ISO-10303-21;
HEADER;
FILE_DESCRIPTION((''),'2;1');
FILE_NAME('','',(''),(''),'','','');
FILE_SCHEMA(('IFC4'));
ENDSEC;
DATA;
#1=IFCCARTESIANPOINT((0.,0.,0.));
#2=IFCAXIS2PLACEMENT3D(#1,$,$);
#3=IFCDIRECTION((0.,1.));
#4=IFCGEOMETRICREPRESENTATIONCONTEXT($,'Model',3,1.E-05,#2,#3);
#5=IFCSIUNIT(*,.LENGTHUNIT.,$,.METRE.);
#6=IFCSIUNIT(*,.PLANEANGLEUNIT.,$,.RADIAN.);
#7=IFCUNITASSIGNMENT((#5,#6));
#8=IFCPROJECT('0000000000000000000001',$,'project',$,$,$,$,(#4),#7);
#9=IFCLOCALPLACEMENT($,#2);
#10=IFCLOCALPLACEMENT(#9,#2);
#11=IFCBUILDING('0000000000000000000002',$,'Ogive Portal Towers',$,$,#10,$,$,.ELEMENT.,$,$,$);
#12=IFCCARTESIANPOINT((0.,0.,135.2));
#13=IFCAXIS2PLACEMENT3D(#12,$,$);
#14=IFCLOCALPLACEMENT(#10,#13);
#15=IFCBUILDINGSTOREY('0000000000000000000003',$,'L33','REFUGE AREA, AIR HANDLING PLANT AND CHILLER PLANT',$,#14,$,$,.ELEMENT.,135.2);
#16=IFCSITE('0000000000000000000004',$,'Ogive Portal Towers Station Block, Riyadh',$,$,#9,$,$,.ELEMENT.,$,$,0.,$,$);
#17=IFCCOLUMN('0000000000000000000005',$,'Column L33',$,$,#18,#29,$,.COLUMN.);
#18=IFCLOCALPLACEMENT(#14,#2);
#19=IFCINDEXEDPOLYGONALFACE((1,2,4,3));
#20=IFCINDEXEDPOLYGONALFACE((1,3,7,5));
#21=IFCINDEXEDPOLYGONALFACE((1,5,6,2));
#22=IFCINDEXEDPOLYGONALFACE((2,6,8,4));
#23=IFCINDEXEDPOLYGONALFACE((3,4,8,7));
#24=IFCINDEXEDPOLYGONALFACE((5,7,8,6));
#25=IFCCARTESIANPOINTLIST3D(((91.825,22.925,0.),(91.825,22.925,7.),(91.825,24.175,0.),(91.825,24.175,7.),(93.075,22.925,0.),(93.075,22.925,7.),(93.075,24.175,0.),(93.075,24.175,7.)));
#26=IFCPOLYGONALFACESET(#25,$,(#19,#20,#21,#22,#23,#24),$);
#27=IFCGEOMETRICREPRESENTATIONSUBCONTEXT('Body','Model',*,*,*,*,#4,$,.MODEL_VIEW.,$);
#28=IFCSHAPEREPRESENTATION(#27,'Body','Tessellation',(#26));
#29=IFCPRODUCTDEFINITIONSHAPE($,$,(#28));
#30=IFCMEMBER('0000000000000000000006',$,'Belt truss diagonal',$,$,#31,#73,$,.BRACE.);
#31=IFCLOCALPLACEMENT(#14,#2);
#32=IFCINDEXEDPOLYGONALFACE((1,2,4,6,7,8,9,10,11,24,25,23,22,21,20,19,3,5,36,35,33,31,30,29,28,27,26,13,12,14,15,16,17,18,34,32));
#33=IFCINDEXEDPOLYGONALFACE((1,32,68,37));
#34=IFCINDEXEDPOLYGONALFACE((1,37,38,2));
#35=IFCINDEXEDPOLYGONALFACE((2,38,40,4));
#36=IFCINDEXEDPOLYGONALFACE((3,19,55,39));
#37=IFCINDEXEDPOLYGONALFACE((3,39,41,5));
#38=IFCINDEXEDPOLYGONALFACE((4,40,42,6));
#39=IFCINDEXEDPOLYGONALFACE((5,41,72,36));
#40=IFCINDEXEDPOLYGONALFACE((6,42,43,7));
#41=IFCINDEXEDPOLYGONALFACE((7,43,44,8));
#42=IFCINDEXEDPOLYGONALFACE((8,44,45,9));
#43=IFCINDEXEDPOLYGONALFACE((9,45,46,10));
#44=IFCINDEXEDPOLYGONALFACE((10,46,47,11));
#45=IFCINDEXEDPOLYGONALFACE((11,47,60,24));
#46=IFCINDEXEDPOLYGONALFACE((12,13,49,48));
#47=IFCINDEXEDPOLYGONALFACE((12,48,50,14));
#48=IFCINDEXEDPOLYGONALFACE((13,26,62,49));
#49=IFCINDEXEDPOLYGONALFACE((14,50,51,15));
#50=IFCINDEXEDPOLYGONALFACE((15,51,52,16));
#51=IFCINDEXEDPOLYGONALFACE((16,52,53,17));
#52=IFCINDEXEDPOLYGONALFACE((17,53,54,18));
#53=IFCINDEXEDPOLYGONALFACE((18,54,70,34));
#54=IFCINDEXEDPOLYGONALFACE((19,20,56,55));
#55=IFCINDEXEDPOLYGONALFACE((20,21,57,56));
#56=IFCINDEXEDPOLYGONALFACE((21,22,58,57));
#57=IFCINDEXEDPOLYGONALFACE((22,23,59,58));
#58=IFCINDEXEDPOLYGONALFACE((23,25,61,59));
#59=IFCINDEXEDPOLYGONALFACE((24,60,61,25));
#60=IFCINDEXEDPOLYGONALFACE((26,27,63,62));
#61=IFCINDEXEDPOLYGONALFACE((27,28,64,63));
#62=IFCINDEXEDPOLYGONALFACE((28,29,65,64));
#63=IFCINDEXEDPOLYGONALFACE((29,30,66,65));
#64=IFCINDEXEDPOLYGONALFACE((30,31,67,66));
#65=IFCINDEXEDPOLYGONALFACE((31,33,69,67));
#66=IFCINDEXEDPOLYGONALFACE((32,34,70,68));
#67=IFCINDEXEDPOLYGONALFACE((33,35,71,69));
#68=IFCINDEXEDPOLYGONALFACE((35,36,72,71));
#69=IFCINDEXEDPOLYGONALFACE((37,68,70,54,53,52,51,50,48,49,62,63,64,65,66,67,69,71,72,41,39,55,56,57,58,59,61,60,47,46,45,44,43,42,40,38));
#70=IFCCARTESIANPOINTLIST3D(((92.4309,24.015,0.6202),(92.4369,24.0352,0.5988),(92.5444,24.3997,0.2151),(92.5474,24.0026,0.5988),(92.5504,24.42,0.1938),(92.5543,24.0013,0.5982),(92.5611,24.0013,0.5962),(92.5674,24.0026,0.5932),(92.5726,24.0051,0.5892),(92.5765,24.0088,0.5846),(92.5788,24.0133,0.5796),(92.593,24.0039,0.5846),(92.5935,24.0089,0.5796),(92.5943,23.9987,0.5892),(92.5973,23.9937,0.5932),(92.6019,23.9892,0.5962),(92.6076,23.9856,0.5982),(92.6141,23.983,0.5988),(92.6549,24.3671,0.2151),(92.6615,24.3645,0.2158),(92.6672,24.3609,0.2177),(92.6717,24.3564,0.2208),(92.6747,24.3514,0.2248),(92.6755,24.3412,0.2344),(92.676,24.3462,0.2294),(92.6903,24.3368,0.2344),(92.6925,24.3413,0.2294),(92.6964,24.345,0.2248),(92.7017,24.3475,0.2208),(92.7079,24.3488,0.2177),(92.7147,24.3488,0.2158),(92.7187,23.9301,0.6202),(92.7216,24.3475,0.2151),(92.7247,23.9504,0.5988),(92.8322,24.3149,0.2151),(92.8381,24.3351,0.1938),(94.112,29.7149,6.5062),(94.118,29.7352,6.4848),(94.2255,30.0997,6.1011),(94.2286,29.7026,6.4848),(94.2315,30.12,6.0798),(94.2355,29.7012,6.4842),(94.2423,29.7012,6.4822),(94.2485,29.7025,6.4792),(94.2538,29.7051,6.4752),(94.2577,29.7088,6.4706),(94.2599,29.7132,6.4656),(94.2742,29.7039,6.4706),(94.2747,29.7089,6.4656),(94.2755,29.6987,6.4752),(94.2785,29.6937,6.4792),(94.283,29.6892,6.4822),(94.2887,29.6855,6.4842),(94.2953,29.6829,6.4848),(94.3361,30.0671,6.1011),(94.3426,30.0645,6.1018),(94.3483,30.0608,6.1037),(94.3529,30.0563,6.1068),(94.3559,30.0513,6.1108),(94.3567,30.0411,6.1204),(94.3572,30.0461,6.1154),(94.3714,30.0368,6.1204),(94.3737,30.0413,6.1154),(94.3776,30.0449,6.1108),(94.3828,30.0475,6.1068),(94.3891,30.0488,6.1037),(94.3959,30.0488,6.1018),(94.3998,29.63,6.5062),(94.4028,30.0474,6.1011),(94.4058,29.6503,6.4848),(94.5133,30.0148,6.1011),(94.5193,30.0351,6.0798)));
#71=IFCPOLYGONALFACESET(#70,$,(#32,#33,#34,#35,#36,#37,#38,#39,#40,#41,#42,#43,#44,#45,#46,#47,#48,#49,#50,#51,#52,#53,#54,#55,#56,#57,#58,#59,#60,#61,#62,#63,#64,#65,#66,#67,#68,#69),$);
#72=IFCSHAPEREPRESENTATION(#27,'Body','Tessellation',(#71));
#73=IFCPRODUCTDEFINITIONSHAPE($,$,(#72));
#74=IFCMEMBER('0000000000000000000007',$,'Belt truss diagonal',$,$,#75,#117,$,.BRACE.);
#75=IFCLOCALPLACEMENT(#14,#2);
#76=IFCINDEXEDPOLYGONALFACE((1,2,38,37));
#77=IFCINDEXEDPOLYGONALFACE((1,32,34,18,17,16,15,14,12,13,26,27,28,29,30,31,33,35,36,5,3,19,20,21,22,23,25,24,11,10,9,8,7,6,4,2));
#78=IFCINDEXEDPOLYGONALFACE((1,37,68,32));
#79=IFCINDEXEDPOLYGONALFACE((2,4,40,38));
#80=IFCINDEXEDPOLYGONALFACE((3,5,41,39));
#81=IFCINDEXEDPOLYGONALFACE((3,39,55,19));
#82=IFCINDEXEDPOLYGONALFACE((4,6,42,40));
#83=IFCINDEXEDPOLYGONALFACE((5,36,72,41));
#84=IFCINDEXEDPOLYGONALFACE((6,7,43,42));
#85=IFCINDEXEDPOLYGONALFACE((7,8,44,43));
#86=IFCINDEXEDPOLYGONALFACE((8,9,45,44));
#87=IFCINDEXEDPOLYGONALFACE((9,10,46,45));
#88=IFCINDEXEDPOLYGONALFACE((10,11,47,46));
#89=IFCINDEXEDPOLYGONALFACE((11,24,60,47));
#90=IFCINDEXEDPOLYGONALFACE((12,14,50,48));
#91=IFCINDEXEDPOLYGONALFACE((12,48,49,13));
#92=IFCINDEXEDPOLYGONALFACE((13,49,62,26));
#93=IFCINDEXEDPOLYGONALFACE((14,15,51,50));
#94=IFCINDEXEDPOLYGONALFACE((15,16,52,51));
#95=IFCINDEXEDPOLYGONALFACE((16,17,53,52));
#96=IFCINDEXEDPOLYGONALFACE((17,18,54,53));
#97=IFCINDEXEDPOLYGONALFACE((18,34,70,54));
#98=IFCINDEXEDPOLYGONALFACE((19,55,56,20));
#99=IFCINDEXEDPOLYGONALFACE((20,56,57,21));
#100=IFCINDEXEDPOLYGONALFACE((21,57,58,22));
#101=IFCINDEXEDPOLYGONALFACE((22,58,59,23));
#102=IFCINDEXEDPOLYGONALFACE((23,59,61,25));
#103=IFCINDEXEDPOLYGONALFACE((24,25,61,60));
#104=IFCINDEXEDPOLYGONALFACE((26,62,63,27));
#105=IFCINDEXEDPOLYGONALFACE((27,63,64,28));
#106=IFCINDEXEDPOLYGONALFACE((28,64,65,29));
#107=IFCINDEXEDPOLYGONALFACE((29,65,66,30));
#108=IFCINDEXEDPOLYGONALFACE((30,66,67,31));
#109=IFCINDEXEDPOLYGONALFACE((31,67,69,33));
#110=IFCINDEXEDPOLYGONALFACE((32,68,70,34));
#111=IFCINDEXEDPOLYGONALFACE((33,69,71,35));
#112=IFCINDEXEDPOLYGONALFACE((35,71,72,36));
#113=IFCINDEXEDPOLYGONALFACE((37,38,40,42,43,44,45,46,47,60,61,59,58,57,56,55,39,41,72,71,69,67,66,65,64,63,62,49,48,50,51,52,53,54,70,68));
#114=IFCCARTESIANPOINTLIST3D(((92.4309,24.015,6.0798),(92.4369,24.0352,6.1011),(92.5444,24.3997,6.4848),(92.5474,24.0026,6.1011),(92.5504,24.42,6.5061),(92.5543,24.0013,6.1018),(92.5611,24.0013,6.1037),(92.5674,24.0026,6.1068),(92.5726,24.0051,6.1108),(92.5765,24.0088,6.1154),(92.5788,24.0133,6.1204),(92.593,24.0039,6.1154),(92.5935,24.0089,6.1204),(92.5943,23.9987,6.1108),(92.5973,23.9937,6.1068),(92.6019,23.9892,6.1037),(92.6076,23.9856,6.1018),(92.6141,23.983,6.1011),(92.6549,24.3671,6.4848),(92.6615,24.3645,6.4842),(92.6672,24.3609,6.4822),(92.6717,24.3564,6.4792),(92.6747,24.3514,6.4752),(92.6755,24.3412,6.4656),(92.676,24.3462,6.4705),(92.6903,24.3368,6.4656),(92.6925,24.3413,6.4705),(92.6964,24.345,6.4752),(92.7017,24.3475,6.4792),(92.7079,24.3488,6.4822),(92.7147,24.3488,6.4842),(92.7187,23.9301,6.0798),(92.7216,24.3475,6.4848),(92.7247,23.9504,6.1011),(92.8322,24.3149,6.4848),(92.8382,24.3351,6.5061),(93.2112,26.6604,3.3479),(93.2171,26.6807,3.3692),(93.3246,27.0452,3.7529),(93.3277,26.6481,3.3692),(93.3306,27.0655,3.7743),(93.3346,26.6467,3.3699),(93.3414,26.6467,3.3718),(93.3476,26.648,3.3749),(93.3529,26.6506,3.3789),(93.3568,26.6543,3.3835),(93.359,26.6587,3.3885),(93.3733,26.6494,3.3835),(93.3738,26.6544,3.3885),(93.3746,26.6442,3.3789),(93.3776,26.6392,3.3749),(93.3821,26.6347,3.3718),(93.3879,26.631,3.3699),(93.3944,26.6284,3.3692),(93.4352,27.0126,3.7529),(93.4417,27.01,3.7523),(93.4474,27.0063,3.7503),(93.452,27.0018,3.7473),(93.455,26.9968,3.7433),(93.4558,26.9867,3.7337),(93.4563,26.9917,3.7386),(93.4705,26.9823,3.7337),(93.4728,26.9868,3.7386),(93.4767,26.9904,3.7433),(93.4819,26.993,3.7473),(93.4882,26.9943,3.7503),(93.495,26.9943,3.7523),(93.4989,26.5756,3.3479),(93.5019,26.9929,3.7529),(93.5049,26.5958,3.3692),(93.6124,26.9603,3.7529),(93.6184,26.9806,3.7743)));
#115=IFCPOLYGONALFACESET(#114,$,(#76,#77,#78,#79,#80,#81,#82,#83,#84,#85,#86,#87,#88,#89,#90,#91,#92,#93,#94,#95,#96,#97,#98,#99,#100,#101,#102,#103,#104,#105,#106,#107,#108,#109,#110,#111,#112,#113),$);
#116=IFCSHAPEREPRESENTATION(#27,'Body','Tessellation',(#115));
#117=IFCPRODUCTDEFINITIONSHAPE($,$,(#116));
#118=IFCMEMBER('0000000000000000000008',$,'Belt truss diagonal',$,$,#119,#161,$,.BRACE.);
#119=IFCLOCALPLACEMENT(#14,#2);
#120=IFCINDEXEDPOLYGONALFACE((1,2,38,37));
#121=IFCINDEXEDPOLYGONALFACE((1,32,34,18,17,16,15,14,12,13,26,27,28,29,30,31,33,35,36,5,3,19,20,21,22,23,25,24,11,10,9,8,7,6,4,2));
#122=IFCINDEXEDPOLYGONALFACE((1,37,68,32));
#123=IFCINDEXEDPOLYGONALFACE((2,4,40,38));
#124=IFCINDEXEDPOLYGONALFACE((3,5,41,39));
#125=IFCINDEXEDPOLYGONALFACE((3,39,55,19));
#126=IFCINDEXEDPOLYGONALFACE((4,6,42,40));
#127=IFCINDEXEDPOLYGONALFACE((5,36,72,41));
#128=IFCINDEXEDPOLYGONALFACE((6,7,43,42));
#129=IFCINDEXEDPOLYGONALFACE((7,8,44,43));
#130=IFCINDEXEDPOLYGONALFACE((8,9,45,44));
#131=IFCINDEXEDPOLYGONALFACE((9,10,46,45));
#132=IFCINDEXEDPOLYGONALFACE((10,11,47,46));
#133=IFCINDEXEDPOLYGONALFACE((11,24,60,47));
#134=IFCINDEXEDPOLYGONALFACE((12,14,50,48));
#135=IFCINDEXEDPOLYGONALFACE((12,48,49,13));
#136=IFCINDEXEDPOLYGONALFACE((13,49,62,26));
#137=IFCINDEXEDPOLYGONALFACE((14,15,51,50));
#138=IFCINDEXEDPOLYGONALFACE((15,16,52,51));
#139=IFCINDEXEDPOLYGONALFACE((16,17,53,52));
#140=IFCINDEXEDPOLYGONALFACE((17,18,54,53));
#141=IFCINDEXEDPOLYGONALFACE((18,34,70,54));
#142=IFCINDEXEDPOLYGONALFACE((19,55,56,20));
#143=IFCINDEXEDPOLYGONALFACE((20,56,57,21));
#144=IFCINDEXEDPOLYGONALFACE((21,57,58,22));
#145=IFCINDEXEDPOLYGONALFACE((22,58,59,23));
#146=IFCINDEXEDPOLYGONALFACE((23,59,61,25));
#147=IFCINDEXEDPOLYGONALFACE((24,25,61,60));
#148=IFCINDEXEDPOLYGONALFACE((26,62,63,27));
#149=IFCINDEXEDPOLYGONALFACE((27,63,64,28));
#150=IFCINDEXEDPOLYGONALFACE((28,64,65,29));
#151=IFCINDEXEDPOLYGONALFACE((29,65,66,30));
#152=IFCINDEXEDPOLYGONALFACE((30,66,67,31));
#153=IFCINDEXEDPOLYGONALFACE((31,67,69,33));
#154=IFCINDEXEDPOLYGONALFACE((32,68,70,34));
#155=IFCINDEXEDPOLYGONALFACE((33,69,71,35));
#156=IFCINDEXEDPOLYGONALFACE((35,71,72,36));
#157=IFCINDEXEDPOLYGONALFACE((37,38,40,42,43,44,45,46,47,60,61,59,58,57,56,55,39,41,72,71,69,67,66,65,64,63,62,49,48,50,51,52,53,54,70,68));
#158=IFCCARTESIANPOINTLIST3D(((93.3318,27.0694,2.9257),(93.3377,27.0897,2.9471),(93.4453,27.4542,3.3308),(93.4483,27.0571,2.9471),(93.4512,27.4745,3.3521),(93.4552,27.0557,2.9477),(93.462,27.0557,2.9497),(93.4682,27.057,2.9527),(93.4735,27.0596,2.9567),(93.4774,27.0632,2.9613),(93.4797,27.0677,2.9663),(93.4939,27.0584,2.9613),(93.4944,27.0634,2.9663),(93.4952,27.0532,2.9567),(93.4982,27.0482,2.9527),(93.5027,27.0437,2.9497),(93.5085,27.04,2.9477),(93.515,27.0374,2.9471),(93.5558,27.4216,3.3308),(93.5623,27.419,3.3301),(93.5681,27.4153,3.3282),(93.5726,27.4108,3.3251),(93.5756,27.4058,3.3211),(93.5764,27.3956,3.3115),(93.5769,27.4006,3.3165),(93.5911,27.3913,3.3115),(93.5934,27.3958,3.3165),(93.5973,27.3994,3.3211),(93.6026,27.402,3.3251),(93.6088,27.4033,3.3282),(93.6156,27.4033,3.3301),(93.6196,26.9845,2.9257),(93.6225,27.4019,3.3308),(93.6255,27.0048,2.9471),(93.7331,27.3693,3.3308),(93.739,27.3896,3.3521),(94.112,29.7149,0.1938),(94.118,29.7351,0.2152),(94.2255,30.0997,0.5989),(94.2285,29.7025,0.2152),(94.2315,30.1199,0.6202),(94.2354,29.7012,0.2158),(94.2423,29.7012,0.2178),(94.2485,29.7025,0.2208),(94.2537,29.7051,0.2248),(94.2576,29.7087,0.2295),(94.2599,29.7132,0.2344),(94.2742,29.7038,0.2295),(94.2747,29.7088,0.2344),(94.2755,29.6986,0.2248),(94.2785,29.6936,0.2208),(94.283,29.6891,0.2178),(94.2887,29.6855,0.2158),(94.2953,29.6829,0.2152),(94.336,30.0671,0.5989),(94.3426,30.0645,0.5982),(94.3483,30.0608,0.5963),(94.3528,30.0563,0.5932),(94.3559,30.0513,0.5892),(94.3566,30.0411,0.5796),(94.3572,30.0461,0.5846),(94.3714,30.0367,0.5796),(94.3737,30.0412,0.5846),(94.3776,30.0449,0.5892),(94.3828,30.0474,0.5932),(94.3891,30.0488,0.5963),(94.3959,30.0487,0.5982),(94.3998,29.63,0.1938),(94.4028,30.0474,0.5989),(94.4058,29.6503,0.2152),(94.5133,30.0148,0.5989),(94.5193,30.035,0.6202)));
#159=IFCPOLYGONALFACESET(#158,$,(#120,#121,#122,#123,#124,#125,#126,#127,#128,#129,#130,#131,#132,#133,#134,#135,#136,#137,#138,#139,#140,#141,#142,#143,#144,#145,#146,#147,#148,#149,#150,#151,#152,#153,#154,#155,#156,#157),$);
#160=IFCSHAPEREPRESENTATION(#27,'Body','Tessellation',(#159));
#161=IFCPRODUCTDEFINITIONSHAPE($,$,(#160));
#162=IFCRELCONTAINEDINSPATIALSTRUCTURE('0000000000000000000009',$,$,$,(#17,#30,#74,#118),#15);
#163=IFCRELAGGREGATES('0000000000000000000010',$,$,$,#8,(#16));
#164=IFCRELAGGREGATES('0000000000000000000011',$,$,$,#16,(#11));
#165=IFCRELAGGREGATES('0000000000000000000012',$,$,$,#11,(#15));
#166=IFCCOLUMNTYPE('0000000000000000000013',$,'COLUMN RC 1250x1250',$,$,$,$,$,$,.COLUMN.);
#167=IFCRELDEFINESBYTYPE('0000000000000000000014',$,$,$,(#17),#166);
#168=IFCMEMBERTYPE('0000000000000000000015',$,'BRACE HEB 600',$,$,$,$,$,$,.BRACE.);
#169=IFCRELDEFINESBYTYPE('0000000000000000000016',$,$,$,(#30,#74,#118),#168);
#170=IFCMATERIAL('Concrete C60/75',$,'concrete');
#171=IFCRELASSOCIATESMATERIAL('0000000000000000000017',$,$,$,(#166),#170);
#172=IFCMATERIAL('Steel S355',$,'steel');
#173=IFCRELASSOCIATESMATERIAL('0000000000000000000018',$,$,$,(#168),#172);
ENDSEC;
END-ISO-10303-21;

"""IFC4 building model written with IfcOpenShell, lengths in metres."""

from ifc_helpers import new_model, si_unit, direction, frame, origin, origin_2d, place, context, subcontext, project, spatial, rectangle, i_section, extrude, material, material_profile, profile_set, type_object, element, save


model = new_model("IFC4")

# Units and contexts
model_context = context("Model", 3, precision=1e-05, world=origin(), true_north=direction((0.0, 1.0)))
body_context = subcontext(model_context, "Body", "Model", "MODEL_VIEW")
ifc_project = project(units=[si_unit("LENGTHUNIT", "METRE"), si_unit("PLANEANGLEUNIT", "RADIAN")], contexts=[model_context])

# Site, building, storey
site_placement = place(None, origin())
site = spatial("IfcSite", under=ifc_project, at=site_placement, Name="Ogive Portal Towers Station Block, Riyadh", CompositionType="ELEMENT", RefElevation=0.0)
building_placement = place(site_placement, origin())
building = spatial("IfcBuilding", under=site, at=building_placement, Name="Ogive Portal Towers", CompositionType="ELEMENT")
storey_placement = place(building_placement, frame((0.0, 0.0, 135.2)))
storey = spatial("IfcBuildingStorey", under=building, at=storey_placement, Name="L33", Description="REFUGE AREA, AIR HANDLING PLANT AND CHILLER PLANT", CompositionType="ELEMENT", Elevation=135.2)

# Column
ifc_material_1 = material(Name="Concrete C60/75", Category="concrete")
ifc_material_profile_1 = material_profile(ifc_material_1, rectangle(XDim=1.25, YDim=1.25, at=origin_2d()), Name="RC 1250x1250")
ifc_profile_set_1 = profile_set([ifc_material_profile_1], Name="Concrete C60/75")
column_type = type_object("IfcColumnType", Name="COLUMN RC 1250x1250", PredefinedType="COLUMN", material=ifc_profile_set_1)
column_placement = place(storey_placement, frame((92.45, 23.55, 0.0), z_axis=(0.0, 0.0, 1.0), x_axis=(1.0, 0.0, 0.0)))
element("IfcColumn", 1, at=column_placement, inside=storey, type_object=column_type, Name="Column L33", PredefinedType="COLUMN", context=body_context, shape_type="SweptSolid", body=[
    extrude(rectangle(XDim=1.25, YDim=1.25, at=origin_2d()), origin(), (0.0, 0.0, 1.0), 7.0),
])

# Members
ifc_material_2 = material(Name="Steel S355", Category="steel")
ifc_material_profile_2 = material_profile(ifc_material_2, i_section(OverallWidth=0.3, OverallDepth=0.6001, WebThickness=0.0154, FlangeThickness=0.03, FilletRadius=0.0271, at=origin_2d()), Name="HEB 600")
ifc_profile_set_2 = profile_set([ifc_material_profile_2], Name="Steel S355")
member_type_1 = type_object("IfcMemberType", Name="BRACE HEB 600", PredefinedType="BRACE", material=ifc_profile_set_2)
member_1_placement = place(storey_placement, frame((92.6345, 24.175, 0.407), z_axis=(0.200993, 0.681467, 0.703708), x_axis=(-0.959151, 0.282894, 0.0)))
element("IfcMember", 2, at=member_1_placement, inside=storey, type_object=member_type_1, Name="Belt truss diagonal", PredefinedType="BRACE", context=body_context, shape_type="SweptSolid", body=[
    extrude(i_section(OverallWidth=0.3, OverallDepth=0.6001, WebThickness=0.0154, FlangeThickness=0.03, FilletRadius=0.0271, at=origin_2d()), origin(), (0.0, 0.0, 1.0), 8.3643),
])
for number, where, z_axis, x_axis, name in (
    (3, (92.6345, 24.175, 6.293), (0.200991, 0.681456, -0.703719), (-0.959151, 0.282895, 0.0), "Belt truss diagonal"),
    (4, (93.5354, 27.2295, 3.1389), (0.200991, 0.681456, -0.703719), (-0.959151, 0.282895, 0.0), "Belt truss diagonal"),
):
    element("IfcMember", number, at=place(storey_placement, frame(where, z_axis=z_axis, x_axis=x_axis)), inside=storey, type_object=member_type_1, Name=name, PredefinedType="BRACE", context=body_context, shape_type="SweptSolid", body=[
        extrude(i_section(OverallWidth=0.3, OverallDepth=0.6001, WebThickness=0.0154, FlangeThickness=0.03, FilletRadius=0.0271, at=origin_2d()), origin(), (0.0, 0.0, 1.0), 3.8821),
    ])

save(model, "model.ifc")
